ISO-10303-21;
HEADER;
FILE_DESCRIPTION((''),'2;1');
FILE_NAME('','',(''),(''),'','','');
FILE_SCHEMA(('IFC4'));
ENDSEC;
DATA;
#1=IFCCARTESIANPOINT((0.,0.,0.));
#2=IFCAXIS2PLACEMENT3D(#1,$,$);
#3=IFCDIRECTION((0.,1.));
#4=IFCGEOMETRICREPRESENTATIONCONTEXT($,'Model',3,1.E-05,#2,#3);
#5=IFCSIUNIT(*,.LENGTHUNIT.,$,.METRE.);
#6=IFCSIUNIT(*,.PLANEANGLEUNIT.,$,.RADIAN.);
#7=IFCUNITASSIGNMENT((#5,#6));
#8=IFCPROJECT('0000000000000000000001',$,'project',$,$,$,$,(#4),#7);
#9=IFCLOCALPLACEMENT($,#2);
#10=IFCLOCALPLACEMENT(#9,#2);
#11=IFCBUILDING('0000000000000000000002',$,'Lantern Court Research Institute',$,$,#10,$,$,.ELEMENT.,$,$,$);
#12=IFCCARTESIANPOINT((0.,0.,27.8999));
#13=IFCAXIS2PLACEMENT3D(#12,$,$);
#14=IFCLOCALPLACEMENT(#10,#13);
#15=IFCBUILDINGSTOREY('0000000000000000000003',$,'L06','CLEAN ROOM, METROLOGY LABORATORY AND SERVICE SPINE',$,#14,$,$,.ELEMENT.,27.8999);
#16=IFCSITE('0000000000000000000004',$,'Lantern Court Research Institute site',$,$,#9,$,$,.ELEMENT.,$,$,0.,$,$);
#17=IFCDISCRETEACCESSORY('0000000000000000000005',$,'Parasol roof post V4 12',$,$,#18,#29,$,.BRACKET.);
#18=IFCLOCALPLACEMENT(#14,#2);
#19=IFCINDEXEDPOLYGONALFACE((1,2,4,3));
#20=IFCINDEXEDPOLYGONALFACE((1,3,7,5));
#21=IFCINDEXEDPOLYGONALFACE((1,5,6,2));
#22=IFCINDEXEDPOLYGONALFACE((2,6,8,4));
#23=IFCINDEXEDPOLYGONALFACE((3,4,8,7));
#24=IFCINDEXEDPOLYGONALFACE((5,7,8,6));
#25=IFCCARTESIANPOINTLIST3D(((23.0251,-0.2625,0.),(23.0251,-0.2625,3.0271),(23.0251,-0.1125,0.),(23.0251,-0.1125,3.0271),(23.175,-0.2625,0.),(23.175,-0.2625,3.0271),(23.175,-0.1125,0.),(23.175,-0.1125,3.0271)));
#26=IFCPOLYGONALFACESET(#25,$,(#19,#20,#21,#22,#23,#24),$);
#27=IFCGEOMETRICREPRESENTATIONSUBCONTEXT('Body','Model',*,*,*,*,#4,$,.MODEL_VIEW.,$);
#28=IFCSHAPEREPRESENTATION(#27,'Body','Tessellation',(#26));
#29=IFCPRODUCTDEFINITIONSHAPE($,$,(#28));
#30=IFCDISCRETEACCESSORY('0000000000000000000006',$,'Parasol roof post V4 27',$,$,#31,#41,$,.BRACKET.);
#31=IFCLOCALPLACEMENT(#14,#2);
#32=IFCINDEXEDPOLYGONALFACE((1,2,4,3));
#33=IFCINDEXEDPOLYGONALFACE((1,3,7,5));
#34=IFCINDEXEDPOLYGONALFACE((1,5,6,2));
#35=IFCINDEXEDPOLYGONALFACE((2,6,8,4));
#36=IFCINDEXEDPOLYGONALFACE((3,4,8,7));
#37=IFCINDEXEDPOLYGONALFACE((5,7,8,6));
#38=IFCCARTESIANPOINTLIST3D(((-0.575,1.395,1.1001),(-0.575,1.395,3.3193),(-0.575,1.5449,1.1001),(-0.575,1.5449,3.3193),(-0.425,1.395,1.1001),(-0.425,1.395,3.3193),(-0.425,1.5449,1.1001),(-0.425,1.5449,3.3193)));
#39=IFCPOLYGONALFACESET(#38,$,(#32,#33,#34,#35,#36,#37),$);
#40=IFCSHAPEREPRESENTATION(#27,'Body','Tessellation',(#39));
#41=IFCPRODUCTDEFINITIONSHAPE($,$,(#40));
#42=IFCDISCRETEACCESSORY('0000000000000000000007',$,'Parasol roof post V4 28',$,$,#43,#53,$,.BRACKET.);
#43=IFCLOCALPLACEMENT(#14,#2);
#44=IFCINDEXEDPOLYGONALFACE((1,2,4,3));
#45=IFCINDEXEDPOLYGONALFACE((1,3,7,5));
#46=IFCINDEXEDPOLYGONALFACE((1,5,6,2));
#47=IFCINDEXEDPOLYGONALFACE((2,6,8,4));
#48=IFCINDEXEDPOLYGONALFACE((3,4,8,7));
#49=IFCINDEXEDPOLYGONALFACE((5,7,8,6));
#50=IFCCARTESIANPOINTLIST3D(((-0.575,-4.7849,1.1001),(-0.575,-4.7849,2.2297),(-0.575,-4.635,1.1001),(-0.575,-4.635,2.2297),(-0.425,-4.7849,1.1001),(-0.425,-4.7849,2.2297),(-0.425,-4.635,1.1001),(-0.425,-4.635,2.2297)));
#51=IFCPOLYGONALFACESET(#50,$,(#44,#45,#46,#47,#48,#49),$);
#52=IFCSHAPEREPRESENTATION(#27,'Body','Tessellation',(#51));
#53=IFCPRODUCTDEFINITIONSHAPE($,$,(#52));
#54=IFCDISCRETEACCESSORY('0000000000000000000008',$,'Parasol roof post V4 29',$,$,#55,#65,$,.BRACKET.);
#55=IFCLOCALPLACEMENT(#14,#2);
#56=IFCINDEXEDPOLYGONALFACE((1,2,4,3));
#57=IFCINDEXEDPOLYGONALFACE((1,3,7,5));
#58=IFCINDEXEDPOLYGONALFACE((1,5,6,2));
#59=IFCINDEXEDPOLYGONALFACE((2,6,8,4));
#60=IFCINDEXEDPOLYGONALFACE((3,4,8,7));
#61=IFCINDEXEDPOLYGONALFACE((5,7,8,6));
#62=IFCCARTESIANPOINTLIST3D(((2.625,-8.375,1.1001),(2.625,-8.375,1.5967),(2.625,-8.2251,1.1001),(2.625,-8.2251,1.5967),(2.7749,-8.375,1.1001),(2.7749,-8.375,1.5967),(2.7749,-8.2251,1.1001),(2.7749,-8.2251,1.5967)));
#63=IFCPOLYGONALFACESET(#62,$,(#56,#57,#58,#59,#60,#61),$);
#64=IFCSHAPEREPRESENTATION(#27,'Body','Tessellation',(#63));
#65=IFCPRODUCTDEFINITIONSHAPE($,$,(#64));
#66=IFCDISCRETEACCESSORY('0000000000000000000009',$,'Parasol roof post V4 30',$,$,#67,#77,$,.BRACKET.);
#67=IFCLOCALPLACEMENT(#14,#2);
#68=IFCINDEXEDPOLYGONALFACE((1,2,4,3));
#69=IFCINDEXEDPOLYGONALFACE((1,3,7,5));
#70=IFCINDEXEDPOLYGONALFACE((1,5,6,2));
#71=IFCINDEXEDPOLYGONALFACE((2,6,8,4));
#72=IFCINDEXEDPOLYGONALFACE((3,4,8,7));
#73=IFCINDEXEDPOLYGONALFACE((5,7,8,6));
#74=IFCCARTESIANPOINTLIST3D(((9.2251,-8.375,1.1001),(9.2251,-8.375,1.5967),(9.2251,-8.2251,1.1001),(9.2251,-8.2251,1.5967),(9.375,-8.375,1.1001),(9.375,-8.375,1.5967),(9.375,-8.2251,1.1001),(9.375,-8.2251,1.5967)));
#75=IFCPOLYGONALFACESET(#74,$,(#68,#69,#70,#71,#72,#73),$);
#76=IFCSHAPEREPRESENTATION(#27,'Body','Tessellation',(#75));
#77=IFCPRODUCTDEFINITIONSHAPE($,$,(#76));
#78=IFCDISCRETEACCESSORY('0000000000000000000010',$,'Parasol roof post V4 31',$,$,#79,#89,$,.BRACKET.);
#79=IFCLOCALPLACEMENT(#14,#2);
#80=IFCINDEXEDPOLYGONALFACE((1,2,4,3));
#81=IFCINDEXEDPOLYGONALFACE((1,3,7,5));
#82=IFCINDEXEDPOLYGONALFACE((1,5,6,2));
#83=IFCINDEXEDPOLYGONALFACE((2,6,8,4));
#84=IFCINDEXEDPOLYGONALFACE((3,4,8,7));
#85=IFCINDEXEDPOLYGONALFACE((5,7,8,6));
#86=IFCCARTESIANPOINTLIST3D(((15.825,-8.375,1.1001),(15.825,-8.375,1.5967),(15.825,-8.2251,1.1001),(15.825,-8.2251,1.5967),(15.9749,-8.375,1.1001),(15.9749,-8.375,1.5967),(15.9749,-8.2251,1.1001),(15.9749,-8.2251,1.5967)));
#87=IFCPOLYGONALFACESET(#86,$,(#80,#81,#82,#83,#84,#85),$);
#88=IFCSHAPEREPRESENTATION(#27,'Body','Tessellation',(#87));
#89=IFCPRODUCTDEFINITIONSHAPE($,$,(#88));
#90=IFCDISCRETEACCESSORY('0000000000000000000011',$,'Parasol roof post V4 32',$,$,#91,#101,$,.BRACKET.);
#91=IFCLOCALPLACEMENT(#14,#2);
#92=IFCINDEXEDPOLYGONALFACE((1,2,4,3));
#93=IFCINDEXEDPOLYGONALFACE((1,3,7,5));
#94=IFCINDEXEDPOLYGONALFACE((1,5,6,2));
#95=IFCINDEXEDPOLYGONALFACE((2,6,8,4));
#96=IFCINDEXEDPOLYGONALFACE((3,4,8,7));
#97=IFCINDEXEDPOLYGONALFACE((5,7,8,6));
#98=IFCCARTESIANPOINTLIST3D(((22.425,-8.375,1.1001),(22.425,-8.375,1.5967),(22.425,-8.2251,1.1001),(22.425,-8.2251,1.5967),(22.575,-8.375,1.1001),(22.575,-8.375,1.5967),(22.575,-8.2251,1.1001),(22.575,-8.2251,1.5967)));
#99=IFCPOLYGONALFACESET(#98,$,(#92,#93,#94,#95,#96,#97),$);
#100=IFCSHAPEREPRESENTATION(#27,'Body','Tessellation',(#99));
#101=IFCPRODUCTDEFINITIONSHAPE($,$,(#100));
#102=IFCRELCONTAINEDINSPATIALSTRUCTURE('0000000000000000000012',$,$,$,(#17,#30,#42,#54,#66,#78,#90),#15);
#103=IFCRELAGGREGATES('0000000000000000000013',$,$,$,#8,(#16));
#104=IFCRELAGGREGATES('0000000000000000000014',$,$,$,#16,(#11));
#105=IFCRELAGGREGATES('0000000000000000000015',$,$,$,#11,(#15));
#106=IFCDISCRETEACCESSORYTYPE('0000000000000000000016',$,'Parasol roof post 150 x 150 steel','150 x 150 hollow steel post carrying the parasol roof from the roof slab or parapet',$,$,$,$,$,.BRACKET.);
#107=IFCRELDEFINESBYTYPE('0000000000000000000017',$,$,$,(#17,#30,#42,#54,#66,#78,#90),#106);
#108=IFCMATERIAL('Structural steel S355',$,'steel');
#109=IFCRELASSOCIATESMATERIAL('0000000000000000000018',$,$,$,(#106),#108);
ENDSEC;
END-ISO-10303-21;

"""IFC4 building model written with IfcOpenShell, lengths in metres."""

from ifc_helpers import new_model, si_unit, direction, frame, origin, origin_2d, place, context, subcontext, project, spatial, rectangle, extrude, material, type_object, element, save


model = new_model("IFC4")

# Units and contexts
model_context = context("Model", 3, precision=1e-05, world=origin(), true_north=direction((0.0, 1.0)))
body_context = subcontext(model_context, "Body", "Model", "MODEL_VIEW")
ifc_project = project(units=[si_unit("LENGTHUNIT", "METRE"), si_unit("PLANEANGLEUNIT", "RADIAN")], contexts=[model_context])

# Site, building, storey
site_placement = place(None, origin())
site = spatial("IfcSite", under=ifc_project, at=site_placement, Name="Lantern Court Research Institute site", CompositionType="ELEMENT", RefElevation=0.0)
building_placement = place(site_placement, origin())
building = spatial("IfcBuilding", under=site, at=building_placement, Name="Lantern Court Research Institute", CompositionType="ELEMENT")
storey_placement = place(building_placement, frame((0.0, 0.0, 27.8999)))
storey = spatial("IfcBuildingStorey", under=building, at=storey_placement, Name="L06", Description="CLEAN ROOM, METROLOGY LABORATORY AND SERVICE SPINE", CompositionType="ELEMENT", Elevation=27.8999)

# Discrete accessories
ifc_material_1 = material(Name="Structural steel S355", Category="steel")
discrete_accessory_type = type_object("IfcDiscreteAccessoryType", Name="Parasol roof post 150 x 150 steel", Description="150 x 150 hollow steel post carrying the parasol roof from the roof slab or parapet", PredefinedType="BRACKET", material=ifc_material_1)
for number, where, z_axis, x_axis, name in (
    (1, (23.1001, -0.1875, 0.0), (0.0, 0.0, 1.0), (1.0, 0.0, 0.0), "Parasol roof post V4 12"),
):
    element("IfcDiscreteAccessory", number, at=place(storey_placement, frame(where, z_axis=z_axis, x_axis=x_axis)), inside=storey, type_object=discrete_accessory_type, Name=name, PredefinedType="BRACKET", context=body_context, shape_type="SweptSolid", body=[
        extrude(rectangle(XDim=0.1499, YDim=0.1499, at=origin_2d()), origin(), (0.0, 0.0, 1.0), 3.0271),
    ])
discrete_accessory_1_placement = place(storey_placement, frame((-0.5, 1.47, 1.1001), z_axis=(0.0, 0.0, 1.0), x_axis=(1.0, 0.0, 0.0)))
element("IfcDiscreteAccessory", 2, at=discrete_accessory_1_placement, inside=storey, type_object=discrete_accessory_type, Name="Parasol roof post V4 27", PredefinedType="BRACKET", context=body_context, shape_type="SweptSolid", body=[
    extrude(rectangle(XDim=0.1499, YDim=0.1499, at=origin_2d()), origin(), (0.0, 0.0, 1.0), 2.2192),
])
discrete_accessory_2_placement = place(storey_placement, frame((-0.5, -4.71, 1.1001), z_axis=(0.0, 0.0, 1.0), x_axis=(1.0, 0.0, 0.0)))
element("IfcDiscreteAccessory", 3, at=discrete_accessory_2_placement, inside=storey, type_object=discrete_accessory_type, Name="Parasol roof post V4 28", PredefinedType="BRACKET", context=body_context, shape_type="SweptSolid", body=[
    extrude(rectangle(XDim=0.1499, YDim=0.1499, at=origin_2d()), origin(), (0.0, 0.0, 1.0), 1.1296),
])
for number, where, z_axis, x_axis, name in (
    (4, (2.7, -8.3, 1.1001), (0.0, 0.0, 1.0), (1.0, 0.0, 0.0), "Parasol roof post V4 29"),
    (5, (9.3, -8.3, 1.1001), (0.0, 0.0, 1.0), (1.0, 0.0, 0.0), "Parasol roof post V4 30"),
    (6, (15.8999, -8.3, 1.1001), (0.0, 0.0, 1.0), (1.0, 0.0, 0.0), "Parasol roof post V4 31"),
    (7, (22.5, -8.3, 1.1001), (0.0, 0.0, 1.0), (1.0, 0.0, 0.0), "Parasol roof post V4 32"),
):
    element("IfcDiscreteAccessory", number, at=place(storey_placement, frame(where, z_axis=z_axis, x_axis=x_axis)), inside=storey, type_object=discrete_accessory_type, Name=name, PredefinedType="BRACKET", context=body_context, shape_type="SweptSolid", body=[
        extrude(rectangle(XDim=0.1499, YDim=0.1499, at=origin_2d()), origin(), (0.0, 0.0, 1.0), 0.4966),
    ])

save(model, "model.ifc")
